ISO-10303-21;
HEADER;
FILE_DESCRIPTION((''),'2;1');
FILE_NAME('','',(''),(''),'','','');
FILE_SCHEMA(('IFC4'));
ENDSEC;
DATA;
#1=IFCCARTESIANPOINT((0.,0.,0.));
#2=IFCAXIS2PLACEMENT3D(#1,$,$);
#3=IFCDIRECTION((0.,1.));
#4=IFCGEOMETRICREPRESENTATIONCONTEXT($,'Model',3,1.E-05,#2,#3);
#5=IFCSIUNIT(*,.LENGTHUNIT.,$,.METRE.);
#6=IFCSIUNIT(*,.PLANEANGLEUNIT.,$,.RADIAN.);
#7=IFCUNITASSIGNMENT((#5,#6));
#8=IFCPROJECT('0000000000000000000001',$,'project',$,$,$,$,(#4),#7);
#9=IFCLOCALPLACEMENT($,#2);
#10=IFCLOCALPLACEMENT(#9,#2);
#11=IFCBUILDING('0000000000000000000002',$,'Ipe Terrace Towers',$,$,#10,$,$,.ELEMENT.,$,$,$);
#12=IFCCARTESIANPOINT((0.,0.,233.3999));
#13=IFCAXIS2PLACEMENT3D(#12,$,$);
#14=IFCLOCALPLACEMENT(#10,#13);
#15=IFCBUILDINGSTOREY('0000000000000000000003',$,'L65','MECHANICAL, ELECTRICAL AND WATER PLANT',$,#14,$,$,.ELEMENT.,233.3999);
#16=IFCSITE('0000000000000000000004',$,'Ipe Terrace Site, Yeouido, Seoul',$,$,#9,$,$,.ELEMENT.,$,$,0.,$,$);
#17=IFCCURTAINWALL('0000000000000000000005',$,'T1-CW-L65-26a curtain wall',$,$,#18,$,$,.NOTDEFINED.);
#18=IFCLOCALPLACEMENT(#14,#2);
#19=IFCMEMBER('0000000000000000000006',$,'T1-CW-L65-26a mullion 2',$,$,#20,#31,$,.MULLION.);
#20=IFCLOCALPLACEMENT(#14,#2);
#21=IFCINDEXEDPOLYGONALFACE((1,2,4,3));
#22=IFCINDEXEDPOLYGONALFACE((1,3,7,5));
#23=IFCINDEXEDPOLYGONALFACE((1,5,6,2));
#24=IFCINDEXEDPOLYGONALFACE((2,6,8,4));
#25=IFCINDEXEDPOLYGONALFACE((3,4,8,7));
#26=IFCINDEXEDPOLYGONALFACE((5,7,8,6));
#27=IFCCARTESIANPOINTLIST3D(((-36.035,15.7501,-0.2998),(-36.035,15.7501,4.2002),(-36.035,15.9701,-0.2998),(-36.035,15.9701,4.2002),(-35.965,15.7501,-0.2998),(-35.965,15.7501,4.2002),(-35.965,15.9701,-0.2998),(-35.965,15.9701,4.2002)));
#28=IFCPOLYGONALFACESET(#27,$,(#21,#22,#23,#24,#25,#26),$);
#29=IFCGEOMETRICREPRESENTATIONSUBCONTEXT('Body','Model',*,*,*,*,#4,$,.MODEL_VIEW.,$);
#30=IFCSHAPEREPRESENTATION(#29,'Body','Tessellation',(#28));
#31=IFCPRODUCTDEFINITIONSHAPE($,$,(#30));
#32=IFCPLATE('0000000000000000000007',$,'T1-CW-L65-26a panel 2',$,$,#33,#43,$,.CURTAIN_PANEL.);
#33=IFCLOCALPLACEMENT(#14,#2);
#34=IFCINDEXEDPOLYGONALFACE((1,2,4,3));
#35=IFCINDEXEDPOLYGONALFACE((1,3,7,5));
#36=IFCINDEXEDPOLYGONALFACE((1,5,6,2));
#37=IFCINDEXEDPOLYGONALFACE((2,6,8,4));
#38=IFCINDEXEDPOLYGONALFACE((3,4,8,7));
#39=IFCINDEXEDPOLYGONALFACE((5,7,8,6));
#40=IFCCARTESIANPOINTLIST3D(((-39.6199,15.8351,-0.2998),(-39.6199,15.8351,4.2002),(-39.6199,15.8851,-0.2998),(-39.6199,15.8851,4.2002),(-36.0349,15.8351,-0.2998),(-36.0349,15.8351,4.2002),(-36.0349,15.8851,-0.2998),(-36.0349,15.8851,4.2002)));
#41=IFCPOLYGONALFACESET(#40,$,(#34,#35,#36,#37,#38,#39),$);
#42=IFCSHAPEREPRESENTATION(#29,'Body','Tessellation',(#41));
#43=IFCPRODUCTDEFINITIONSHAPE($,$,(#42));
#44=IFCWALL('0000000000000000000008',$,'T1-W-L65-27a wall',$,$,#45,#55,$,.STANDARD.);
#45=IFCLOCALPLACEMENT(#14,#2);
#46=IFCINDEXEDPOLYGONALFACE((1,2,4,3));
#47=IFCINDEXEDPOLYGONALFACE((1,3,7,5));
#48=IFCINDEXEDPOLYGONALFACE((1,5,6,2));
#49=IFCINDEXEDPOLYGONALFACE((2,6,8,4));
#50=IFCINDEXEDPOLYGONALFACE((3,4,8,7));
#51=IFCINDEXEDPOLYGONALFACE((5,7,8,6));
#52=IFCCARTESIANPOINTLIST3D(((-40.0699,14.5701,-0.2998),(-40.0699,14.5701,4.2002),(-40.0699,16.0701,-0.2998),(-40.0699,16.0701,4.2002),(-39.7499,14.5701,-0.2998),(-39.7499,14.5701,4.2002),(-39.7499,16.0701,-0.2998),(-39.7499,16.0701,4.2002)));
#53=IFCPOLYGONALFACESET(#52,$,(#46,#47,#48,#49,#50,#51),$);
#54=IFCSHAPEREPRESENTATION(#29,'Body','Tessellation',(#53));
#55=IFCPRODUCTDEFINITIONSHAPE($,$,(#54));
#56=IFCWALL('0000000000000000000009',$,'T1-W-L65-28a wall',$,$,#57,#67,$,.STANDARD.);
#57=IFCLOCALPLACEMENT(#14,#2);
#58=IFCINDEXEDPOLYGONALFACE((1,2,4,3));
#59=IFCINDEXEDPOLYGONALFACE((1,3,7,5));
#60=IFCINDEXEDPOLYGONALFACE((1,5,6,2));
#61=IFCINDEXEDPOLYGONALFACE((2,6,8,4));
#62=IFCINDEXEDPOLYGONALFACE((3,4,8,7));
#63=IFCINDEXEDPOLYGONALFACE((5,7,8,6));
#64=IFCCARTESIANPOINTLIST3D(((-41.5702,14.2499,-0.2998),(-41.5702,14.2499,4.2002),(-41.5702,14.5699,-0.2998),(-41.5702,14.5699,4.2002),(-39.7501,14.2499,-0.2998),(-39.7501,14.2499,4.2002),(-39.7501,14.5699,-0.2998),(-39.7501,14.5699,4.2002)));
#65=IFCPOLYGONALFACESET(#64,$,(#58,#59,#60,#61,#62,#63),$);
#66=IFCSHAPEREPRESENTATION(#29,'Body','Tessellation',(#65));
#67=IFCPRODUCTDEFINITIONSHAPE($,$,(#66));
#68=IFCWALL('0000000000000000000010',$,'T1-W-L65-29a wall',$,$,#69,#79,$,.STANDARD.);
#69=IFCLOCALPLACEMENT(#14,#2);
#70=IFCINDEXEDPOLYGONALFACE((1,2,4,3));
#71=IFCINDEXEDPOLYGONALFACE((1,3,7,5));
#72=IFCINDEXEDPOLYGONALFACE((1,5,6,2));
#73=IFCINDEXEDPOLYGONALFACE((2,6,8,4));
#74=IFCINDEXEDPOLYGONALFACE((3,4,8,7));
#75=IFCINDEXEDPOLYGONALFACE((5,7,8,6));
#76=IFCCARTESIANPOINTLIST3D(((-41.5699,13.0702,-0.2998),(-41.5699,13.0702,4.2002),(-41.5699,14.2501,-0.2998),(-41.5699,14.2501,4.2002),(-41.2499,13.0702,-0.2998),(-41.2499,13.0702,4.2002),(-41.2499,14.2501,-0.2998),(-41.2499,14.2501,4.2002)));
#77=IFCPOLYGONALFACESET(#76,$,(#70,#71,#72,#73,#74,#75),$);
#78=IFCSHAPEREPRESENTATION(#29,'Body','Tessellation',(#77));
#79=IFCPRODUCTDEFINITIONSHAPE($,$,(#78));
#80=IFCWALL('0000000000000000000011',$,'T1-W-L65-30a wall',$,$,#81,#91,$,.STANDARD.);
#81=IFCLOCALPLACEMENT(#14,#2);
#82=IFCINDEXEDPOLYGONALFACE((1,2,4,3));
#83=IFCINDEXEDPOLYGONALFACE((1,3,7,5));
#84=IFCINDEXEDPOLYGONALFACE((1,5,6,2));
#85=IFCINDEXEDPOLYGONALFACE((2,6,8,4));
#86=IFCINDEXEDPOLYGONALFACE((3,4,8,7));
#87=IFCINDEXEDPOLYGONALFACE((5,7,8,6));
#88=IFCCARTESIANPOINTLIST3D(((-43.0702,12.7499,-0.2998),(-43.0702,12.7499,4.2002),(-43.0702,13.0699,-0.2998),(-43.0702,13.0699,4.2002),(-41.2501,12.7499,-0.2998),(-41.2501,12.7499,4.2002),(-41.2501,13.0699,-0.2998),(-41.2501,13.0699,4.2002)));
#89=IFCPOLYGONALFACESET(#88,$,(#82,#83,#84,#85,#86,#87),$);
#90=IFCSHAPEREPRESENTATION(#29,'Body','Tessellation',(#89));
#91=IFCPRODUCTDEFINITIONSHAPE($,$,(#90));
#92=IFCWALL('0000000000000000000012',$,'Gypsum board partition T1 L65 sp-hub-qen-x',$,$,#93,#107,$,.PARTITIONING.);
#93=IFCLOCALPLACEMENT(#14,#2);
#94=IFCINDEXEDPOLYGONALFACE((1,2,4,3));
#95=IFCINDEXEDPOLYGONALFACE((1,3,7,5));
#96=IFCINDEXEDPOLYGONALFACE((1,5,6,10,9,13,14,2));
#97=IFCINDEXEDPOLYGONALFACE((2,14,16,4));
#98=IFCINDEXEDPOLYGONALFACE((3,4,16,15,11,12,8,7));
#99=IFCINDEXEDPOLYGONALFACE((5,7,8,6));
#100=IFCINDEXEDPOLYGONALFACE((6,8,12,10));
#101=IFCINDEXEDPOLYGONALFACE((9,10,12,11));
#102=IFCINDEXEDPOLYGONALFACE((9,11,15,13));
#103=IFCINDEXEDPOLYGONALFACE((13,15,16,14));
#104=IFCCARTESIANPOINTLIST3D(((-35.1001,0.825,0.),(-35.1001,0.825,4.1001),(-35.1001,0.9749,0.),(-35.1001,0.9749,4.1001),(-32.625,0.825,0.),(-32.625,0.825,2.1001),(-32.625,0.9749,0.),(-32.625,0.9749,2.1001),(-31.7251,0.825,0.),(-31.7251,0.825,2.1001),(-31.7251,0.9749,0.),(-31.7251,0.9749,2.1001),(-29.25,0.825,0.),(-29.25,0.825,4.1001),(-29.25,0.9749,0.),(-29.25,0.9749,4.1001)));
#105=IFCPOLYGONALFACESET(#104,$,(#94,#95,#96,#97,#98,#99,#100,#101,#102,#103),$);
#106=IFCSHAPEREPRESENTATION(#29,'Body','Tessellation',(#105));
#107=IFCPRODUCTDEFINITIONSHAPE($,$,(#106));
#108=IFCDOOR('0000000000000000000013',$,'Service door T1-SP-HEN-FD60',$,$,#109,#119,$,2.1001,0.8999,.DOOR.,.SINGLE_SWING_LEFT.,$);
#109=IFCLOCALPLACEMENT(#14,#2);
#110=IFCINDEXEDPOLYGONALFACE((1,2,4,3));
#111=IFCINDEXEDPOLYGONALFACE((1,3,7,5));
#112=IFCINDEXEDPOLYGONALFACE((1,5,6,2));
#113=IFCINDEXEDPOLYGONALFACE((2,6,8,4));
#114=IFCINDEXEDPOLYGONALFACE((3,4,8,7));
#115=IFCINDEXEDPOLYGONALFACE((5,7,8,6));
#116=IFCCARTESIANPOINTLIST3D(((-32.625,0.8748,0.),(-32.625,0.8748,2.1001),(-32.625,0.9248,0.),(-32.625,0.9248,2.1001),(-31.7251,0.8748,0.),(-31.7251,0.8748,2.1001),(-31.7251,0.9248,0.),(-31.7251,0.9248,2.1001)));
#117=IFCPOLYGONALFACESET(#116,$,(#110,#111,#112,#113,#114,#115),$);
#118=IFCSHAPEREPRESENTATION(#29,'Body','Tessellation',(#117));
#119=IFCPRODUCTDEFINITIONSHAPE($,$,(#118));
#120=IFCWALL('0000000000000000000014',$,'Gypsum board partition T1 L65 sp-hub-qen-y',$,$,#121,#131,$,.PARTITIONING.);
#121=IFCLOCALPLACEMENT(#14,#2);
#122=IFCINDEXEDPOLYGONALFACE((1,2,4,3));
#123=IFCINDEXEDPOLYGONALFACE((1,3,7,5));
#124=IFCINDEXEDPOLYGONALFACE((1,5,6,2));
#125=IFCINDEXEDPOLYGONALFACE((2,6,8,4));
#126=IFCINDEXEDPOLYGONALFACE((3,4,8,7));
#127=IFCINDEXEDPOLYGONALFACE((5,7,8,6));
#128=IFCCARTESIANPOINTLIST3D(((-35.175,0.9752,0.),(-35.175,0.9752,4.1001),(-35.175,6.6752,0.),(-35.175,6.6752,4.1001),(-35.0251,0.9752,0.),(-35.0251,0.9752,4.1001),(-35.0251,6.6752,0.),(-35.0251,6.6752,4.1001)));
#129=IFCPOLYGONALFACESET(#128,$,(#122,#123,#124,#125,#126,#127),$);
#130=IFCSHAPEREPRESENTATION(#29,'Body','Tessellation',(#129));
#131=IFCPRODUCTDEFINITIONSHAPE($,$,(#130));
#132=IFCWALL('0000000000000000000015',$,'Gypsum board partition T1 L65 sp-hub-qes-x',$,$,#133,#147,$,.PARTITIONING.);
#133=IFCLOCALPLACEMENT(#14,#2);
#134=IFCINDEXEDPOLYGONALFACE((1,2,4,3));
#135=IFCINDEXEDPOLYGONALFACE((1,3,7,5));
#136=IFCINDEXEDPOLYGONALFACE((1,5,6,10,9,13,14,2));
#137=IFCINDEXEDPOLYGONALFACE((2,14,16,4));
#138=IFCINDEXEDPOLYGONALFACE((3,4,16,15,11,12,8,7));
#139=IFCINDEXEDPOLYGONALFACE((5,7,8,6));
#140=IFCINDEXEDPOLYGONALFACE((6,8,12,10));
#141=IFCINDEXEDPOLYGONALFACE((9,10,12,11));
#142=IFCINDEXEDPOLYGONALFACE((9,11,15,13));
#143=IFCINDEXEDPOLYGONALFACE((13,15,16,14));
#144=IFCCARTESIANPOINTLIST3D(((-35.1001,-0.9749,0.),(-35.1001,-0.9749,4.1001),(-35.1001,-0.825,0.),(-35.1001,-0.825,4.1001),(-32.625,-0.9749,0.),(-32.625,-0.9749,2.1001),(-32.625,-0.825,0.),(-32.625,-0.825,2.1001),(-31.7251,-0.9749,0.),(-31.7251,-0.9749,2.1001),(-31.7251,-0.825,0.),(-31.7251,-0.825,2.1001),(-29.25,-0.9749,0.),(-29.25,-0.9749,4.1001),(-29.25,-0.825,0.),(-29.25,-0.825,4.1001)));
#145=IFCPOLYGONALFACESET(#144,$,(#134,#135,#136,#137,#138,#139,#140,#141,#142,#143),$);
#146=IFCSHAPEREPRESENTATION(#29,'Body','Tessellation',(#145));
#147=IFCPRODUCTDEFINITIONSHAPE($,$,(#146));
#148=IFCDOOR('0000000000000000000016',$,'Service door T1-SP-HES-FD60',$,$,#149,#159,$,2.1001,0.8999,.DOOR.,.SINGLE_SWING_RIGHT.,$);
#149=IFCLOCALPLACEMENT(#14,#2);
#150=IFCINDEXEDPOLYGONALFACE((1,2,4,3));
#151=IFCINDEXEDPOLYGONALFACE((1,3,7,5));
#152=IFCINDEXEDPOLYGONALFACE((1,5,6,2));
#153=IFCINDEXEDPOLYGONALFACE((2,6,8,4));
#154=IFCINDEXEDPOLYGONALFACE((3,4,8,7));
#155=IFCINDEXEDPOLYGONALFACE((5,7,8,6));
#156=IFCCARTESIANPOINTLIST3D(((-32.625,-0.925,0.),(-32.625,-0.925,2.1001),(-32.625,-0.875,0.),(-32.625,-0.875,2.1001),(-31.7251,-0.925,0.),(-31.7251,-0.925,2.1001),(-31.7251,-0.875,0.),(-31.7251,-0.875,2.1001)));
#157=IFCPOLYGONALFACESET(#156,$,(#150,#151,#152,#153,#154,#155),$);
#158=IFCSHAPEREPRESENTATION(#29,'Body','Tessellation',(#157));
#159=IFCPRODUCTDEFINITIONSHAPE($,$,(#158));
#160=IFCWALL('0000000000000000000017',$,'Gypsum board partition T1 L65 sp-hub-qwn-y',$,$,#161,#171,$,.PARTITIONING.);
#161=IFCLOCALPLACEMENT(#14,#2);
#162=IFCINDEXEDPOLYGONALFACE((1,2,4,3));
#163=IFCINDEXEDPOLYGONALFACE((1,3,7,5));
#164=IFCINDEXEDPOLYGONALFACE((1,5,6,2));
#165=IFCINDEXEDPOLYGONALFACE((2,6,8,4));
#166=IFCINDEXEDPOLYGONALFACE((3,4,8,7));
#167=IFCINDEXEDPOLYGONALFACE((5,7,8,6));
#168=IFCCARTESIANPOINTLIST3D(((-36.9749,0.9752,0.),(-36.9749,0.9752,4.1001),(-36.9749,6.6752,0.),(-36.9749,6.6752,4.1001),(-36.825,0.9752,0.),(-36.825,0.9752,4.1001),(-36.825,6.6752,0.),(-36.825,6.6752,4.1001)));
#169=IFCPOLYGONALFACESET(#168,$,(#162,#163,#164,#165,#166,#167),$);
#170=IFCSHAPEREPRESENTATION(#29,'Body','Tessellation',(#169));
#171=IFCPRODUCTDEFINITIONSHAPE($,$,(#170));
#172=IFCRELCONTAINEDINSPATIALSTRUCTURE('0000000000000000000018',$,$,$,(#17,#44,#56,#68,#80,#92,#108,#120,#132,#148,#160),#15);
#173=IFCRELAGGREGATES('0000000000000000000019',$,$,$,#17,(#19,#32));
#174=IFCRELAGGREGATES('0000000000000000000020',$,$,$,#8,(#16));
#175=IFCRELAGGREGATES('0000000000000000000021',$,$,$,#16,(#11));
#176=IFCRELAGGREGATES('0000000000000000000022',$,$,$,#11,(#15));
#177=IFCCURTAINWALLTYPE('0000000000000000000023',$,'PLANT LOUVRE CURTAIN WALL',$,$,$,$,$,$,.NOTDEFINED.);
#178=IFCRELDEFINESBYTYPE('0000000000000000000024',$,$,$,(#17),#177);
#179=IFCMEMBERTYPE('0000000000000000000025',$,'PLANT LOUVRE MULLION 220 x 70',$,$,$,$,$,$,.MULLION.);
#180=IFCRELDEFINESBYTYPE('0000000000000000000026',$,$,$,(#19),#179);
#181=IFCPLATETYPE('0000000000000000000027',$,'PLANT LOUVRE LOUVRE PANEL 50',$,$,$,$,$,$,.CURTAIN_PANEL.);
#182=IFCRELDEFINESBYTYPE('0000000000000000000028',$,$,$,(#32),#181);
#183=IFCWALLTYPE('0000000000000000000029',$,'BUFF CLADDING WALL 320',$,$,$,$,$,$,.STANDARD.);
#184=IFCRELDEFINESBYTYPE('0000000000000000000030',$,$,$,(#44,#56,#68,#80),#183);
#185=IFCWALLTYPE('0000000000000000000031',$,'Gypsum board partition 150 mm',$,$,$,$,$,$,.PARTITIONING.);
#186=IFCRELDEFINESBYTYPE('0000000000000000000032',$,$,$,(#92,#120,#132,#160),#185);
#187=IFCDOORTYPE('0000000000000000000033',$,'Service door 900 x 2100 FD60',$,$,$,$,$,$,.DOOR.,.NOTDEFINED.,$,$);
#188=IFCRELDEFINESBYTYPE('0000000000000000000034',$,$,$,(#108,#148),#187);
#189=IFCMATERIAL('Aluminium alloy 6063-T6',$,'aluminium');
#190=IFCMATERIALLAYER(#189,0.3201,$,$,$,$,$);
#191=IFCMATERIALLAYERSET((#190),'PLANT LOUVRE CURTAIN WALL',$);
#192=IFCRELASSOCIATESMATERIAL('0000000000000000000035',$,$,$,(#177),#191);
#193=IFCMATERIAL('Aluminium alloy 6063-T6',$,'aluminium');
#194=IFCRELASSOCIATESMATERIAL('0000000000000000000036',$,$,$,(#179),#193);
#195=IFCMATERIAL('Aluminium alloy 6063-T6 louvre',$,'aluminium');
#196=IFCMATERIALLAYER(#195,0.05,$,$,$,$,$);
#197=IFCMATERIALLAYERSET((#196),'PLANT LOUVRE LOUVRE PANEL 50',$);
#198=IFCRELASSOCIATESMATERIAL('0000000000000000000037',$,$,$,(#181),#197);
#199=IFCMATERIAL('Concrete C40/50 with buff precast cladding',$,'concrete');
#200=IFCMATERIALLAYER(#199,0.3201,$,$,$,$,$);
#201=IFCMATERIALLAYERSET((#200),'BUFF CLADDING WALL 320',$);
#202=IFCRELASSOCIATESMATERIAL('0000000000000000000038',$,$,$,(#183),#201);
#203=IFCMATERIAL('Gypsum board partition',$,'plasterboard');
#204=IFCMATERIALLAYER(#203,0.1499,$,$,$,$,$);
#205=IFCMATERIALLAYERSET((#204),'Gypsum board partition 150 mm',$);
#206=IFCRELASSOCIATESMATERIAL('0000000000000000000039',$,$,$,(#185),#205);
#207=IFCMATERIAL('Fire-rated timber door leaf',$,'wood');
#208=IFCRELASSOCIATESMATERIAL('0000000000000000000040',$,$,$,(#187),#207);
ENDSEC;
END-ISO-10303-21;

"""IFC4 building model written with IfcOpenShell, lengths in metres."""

from ifc_helpers import new_model, si_unit, direction, frame, frame_2d, origin, origin_2d, place, context, subcontext, project, spatial, rectangle, extrude, material, layer, layer_set, material_profile, profile_set, type_object, element, fill, aggregate, save


model = new_model("IFC4")

# Units and contexts
model_context = context("Model", 3, precision=1e-05, world=origin(), true_north=direction((0.0, 1.0)))
body_context = subcontext(model_context, "Body", "Model", "MODEL_VIEW")
ifc_project = project(units=[si_unit("LENGTHUNIT", "METRE"), si_unit("PLANEANGLEUNIT", "RADIAN")], contexts=[model_context])

# Site, building, storey
site_placement = place(None, origin())
site = spatial("IfcSite", under=ifc_project, at=site_placement, Name="Ipe Terrace Site, Yeouido, Seoul", CompositionType="ELEMENT", RefElevation=0.0)
building_placement = place(site_placement, origin())
building = spatial("IfcBuilding", under=site, at=building_placement, Name="Ipe Terrace Towers", CompositionType="ELEMENT")
storey_placement = place(building_placement, frame((0.0, 0.0, 233.3999)))
storey = spatial("IfcBuildingStorey", under=building, at=storey_placement, Name="L65", Description="MECHANICAL, ELECTRICAL AND WATER PLANT", CompositionType="ELEMENT", Elevation=233.3999)

# Curtain wall, member, plate
ifc_material_1 = material(Name="Aluminium alloy 6063-T6", Category="aluminium")
ifc_layer_1 = layer(ifc_material_1, 0.3201)
ifc_layer_set_1 = layer_set([ifc_layer_1], Name="PLANT LOUVRE CURTAIN WALL")
curtain_wall_type = type_object("IfcCurtainWallType", Name="PLANT LOUVRE CURTAIN WALL", PredefinedType="NOTDEFINED", material=ifc_layer_set_1)
curtain_wall_placement = place(storey_placement, origin())
curtain_wall = element("IfcCurtainWall", 1, at=curtain_wall_placement, inside=storey, type_object=curtain_wall_type, Name="T1-CW-L65-26a curtain wall", PredefinedType="NOTDEFINED")
ifc_material_2 = material(Name="Aluminium alloy 6063-T6", Category="aluminium")
ifc_material_profile_1 = material_profile(ifc_material_2, rectangle(XDim=0.22, YDim=0.0701, at=origin_2d()), Name="PLANT LOUVRE MULLION 220 x 70")
ifc_profile_set_1 = profile_set([ifc_material_profile_1], Name="Aluminium alloy 6063-T6")
member_type_1 = type_object("IfcMemberType", Name="PLANT LOUVRE MULLION 220 x 70", PredefinedType="MULLION", material=ifc_profile_set_1)
member_1_placement = place(storey_placement, frame((-36.0, 15.8601, -0.2998), z_axis=(0.0, 0.0, 1.0), x_axis=(0.0, 1.0, 0.0)))
member_1 = element("IfcMember", 2, at=member_1_placement, type_object=member_type_1, Name="T1-CW-L65-26a mullion 2", PredefinedType="MULLION", context=body_context, shape_type="SweptSolid", body=[
    extrude(rectangle(XDim=0.22, YDim=0.0701, at=origin_2d()), origin(), (0.0, 0.0, 1.0), 4.5),
])
ifc_material_3 = material(Name="Aluminium alloy 6063-T6 louvre", Category="aluminium")
ifc_layer_2 = layer(ifc_material_3, 0.05)
ifc_layer_set_2 = layer_set([ifc_layer_2], Name="PLANT LOUVRE LOUVRE PANEL 50")
plate_type = type_object("IfcPlateType", Name="PLANT LOUVRE LOUVRE PANEL 50", PredefinedType="CURTAIN_PANEL", material=ifc_layer_set_2)
plate_placement = place(storey_placement, frame((-37.8274, 15.8601, -0.2998), z_axis=(0.0, 0.0, 1.0), x_axis=(-1.0, 0.0, 0.0)))
plate = element("IfcPlate", 3, at=plate_placement, type_object=plate_type, Name="T1-CW-L65-26a panel 2", PredefinedType="CURTAIN_PANEL", context=body_context, shape_type="SweptSolid", body=[
    extrude(rectangle(XDim=3.585, YDim=0.05, at=origin_2d()), origin(), (0.0, 0.0, 1.0), 4.5),
])
aggregate(curtain_wall, [member_1, plate])

# Walls
ifc_material_4 = material(Name="Concrete C40/50 with buff precast cladding", Category="concrete")
ifc_layer_3 = layer(ifc_material_4, 0.3201)
ifc_layer_set_3 = layer_set([ifc_layer_3], Name="BUFF CLADDING WALL 320")
wall_type_1 = type_object("IfcWallType", Name="BUFF CLADDING WALL 320", PredefinedType="STANDARD", material=ifc_layer_set_3)
wall_1_placement = place(storey_placement, frame((-39.9099, 16.0701, -0.2998), z_axis=(0.0, 0.0, 1.0), x_axis=(0.0, -1.0, 0.0)))
element("IfcWall", 4, at=wall_1_placement, inside=storey, type_object=wall_type_1, Name="T1-W-L65-27a wall", PredefinedType="STANDARD", context=body_context, shape_type="SweptSolid", body=[
    extrude(rectangle(XDim=1.5, YDim=0.3201, at=frame_2d((0.75, 0.0))), origin(), (0.0, 0.0, 1.0), 4.5),
])
wall_2_placement = place(storey_placement, frame((-39.75, 14.4099, -0.2998), z_axis=(0.0, 0.0, 1.0), x_axis=(-1.0, 0.0, 0.0)))
element("IfcWall", 5, at=wall_2_placement, inside=storey, type_object=wall_type_1, Name="T1-W-L65-28a wall", PredefinedType="STANDARD", context=body_context, shape_type="SweptSolid", body=[
    extrude(rectangle(XDim=1.8201, YDim=0.3201, at=frame_2d((0.9102, 0.0))), origin(), (0.0, 0.0, 1.0), 4.5),
])
wall_3_placement = place(storey_placement, frame((-41.4099, 14.25, -0.2998), z_axis=(0.0, 0.0, 1.0), x_axis=(0.0, -1.0, 0.0)))
element("IfcWall", 6, at=wall_3_placement, inside=storey, type_object=wall_type_1, Name="T1-W-L65-29a wall", PredefinedType="STANDARD", context=body_context, shape_type="SweptSolid", body=[
    extrude(rectangle(XDim=1.1799, YDim=0.3201, at=frame_2d((0.5898, 0.0))), origin(), (0.0, 0.0, 1.0), 4.5),
])
wall_4_placement = place(storey_placement, frame((-41.25, 12.9099, -0.2998), z_axis=(0.0, 0.0, 1.0), x_axis=(-1.0, 0.0, 0.0)))
element("IfcWall", 7, at=wall_4_placement, inside=storey, type_object=wall_type_1, Name="T1-W-L65-30a wall", PredefinedType="STANDARD", context=body_context, shape_type="SweptSolid", body=[
    extrude(rectangle(XDim=1.8201, YDim=0.3201, at=frame_2d((0.9102, 0.0))), origin(), (0.0, 0.0, 1.0), 4.5),
])

# Wall, opening, door
ifc_material_5 = material(Name="Gypsum board partition", Category="plasterboard")
ifc_layer_4 = layer(ifc_material_5, 0.1499)
ifc_layer_set_4 = layer_set([ifc_layer_4], Name="Gypsum board partition 150 mm")
wall_type_2 = type_object("IfcWallType", Name="Gypsum board partition 150 mm", PredefinedType="PARTITIONING", material=ifc_layer_set_4)
wall_5_placement = place(storey_placement, frame((-35.1001, 0.8999, 0.0), z_axis=(0.0, 0.0, 1.0), x_axis=(1.0, 0.0, 0.0)))
wall_5 = element("IfcWall", 8, at=wall_5_placement, inside=storey, type_object=wall_type_2, Name="Gypsum board partition T1 L65 sp-hub-qen-x", PredefinedType="PARTITIONING", context=body_context, shape_type="SweptSolid", body=[
    extrude(rectangle(XDim=5.8501, YDim=0.1499, at=frame_2d((2.925, 0.0))), origin(), (0.0, 0.0, 1.0), 4.1001),
])
opening_1_placement = place(wall_5_placement, frame((2.4751, 0.0, 0.0)))
opening_1 = element("IfcOpeningElement", 9, at=opening_1_placement, cuts=wall_5, PredefinedType="OPENING", context=body_context, shape_type="SweptSolid", body=[
    extrude(rectangle(XDim=0.8999, YDim=2.1001, at=frame_2d((0.45, 1.05))), frame((0.0, 0.085, 0.0), z_axis=(0.0, -1.0, 0.0), x_axis=(1.0, 0.0, 0.0)), (0.0, 0.0, 1.0), 0.1699),
])
ifc_material_6 = material(Name="Fire-rated timber door leaf", Category="wood")
door_type = type_object("IfcDoorType", Name="Service door 900 x 2100 FD60", OperationType="NOTDEFINED", PredefinedType="DOOR", material=ifc_material_6)
door_1_placement = place(opening_1_placement, origin())
door_1 = element("IfcDoor", 10, at=door_1_placement, inside=storey, type_object=door_type, Name="Service door T1-SP-HEN-FD60", OperationType="SINGLE_SWING_LEFT", OverallHeight=2.1001, OverallWidth=0.8999, PredefinedType="DOOR", context=body_context, shape_type="SweptSolid", body=[
    extrude(rectangle(XDim=0.8999, YDim=2.1001, at=frame_2d((0.45, 1.05))), frame((0.0, 0.0249, 0.0), z_axis=(0.0, -1.0, 0.0), x_axis=(1.0, 0.0, 0.0)), (0.0, 0.0, 1.0), 0.05),
])
fill(opening_1, door_1)

# Wall
wall_6_placement = place(storey_placement, frame((-35.1001, 0.9751, 0.0), z_axis=(0.0, 0.0, 1.0), x_axis=(0.0, 1.0, 0.0)))
element("IfcWall", 11, at=wall_6_placement, inside=storey, type_object=wall_type_2, Name="Gypsum board partition T1 L65 sp-hub-qen-y", PredefinedType="PARTITIONING", context=body_context, shape_type="SweptSolid", body=[
    extrude(rectangle(XDim=5.7, YDim=0.1499, at=frame_2d((2.8501, 0.0))), origin(), (0.0, 0.0, 1.0), 4.1001),
])

# Wall, opening, door
wall_7_placement = place(storey_placement, frame((-35.1001, -0.8999, 0.0), z_axis=(0.0, 0.0, 1.0), x_axis=(1.0, 0.0, 0.0)))
wall_7 = element("IfcWall", 12, at=wall_7_placement, inside=storey, type_object=wall_type_2, Name="Gypsum board partition T1 L65 sp-hub-qes-x", PredefinedType="PARTITIONING", context=body_context, shape_type="SweptSolid", body=[
    extrude(rectangle(XDim=5.8501, YDim=0.1499, at=frame_2d((2.925, 0.0))), origin(), (0.0, 0.0, 1.0), 4.1001),
])
opening_2_placement = place(wall_7_placement, frame((2.4751, 0.0, 0.0)))
opening_2 = element("IfcOpeningElement", 13, at=opening_2_placement, cuts=wall_7, PredefinedType="OPENING", context=body_context, shape_type="SweptSolid", body=[
    extrude(rectangle(XDim=0.8999, YDim=2.1001, at=frame_2d((0.45, 1.05))), frame((0.0, 0.085, 0.0), z_axis=(0.0, -1.0, 0.0), x_axis=(1.0, 0.0, 0.0)), (0.0, 0.0, 1.0), 0.1699),
])
door_2_placement = place(opening_2_placement, origin())
door_2 = element("IfcDoor", 14, at=door_2_placement, inside=storey, type_object=door_type, Name="Service door T1-SP-HES-FD60", OperationType="SINGLE_SWING_RIGHT", OverallHeight=2.1001, OverallWidth=0.8999, PredefinedType="DOOR", context=body_context, shape_type="SweptSolid", body=[
    extrude(rectangle(XDim=0.8999, YDim=2.1001, at=frame_2d((0.45, 1.05))), frame((0.0, 0.0249, 0.0), z_axis=(0.0, -1.0, 0.0), x_axis=(1.0, 0.0, 0.0)), (0.0, 0.0, 1.0), 0.05),
])
fill(opening_2, door_2)

# Wall
wall_8_placement = place(storey_placement, frame((-36.8999, 0.9751, 0.0), z_axis=(0.0, 0.0, 1.0), x_axis=(0.0, 1.0, 0.0)))
element("IfcWall", 15, at=wall_8_placement, inside=storey, type_object=wall_type_2, Name="Gypsum board partition T1 L65 sp-hub-qwn-y", PredefinedType="PARTITIONING", context=body_context, shape_type="SweptSolid", body=[
    extrude(rectangle(XDim=5.7, YDim=0.1499, at=frame_2d((2.8501, 0.0))), origin(), (0.0, 0.0, 1.0), 4.1001),
])

save(model, "model.ifc")
